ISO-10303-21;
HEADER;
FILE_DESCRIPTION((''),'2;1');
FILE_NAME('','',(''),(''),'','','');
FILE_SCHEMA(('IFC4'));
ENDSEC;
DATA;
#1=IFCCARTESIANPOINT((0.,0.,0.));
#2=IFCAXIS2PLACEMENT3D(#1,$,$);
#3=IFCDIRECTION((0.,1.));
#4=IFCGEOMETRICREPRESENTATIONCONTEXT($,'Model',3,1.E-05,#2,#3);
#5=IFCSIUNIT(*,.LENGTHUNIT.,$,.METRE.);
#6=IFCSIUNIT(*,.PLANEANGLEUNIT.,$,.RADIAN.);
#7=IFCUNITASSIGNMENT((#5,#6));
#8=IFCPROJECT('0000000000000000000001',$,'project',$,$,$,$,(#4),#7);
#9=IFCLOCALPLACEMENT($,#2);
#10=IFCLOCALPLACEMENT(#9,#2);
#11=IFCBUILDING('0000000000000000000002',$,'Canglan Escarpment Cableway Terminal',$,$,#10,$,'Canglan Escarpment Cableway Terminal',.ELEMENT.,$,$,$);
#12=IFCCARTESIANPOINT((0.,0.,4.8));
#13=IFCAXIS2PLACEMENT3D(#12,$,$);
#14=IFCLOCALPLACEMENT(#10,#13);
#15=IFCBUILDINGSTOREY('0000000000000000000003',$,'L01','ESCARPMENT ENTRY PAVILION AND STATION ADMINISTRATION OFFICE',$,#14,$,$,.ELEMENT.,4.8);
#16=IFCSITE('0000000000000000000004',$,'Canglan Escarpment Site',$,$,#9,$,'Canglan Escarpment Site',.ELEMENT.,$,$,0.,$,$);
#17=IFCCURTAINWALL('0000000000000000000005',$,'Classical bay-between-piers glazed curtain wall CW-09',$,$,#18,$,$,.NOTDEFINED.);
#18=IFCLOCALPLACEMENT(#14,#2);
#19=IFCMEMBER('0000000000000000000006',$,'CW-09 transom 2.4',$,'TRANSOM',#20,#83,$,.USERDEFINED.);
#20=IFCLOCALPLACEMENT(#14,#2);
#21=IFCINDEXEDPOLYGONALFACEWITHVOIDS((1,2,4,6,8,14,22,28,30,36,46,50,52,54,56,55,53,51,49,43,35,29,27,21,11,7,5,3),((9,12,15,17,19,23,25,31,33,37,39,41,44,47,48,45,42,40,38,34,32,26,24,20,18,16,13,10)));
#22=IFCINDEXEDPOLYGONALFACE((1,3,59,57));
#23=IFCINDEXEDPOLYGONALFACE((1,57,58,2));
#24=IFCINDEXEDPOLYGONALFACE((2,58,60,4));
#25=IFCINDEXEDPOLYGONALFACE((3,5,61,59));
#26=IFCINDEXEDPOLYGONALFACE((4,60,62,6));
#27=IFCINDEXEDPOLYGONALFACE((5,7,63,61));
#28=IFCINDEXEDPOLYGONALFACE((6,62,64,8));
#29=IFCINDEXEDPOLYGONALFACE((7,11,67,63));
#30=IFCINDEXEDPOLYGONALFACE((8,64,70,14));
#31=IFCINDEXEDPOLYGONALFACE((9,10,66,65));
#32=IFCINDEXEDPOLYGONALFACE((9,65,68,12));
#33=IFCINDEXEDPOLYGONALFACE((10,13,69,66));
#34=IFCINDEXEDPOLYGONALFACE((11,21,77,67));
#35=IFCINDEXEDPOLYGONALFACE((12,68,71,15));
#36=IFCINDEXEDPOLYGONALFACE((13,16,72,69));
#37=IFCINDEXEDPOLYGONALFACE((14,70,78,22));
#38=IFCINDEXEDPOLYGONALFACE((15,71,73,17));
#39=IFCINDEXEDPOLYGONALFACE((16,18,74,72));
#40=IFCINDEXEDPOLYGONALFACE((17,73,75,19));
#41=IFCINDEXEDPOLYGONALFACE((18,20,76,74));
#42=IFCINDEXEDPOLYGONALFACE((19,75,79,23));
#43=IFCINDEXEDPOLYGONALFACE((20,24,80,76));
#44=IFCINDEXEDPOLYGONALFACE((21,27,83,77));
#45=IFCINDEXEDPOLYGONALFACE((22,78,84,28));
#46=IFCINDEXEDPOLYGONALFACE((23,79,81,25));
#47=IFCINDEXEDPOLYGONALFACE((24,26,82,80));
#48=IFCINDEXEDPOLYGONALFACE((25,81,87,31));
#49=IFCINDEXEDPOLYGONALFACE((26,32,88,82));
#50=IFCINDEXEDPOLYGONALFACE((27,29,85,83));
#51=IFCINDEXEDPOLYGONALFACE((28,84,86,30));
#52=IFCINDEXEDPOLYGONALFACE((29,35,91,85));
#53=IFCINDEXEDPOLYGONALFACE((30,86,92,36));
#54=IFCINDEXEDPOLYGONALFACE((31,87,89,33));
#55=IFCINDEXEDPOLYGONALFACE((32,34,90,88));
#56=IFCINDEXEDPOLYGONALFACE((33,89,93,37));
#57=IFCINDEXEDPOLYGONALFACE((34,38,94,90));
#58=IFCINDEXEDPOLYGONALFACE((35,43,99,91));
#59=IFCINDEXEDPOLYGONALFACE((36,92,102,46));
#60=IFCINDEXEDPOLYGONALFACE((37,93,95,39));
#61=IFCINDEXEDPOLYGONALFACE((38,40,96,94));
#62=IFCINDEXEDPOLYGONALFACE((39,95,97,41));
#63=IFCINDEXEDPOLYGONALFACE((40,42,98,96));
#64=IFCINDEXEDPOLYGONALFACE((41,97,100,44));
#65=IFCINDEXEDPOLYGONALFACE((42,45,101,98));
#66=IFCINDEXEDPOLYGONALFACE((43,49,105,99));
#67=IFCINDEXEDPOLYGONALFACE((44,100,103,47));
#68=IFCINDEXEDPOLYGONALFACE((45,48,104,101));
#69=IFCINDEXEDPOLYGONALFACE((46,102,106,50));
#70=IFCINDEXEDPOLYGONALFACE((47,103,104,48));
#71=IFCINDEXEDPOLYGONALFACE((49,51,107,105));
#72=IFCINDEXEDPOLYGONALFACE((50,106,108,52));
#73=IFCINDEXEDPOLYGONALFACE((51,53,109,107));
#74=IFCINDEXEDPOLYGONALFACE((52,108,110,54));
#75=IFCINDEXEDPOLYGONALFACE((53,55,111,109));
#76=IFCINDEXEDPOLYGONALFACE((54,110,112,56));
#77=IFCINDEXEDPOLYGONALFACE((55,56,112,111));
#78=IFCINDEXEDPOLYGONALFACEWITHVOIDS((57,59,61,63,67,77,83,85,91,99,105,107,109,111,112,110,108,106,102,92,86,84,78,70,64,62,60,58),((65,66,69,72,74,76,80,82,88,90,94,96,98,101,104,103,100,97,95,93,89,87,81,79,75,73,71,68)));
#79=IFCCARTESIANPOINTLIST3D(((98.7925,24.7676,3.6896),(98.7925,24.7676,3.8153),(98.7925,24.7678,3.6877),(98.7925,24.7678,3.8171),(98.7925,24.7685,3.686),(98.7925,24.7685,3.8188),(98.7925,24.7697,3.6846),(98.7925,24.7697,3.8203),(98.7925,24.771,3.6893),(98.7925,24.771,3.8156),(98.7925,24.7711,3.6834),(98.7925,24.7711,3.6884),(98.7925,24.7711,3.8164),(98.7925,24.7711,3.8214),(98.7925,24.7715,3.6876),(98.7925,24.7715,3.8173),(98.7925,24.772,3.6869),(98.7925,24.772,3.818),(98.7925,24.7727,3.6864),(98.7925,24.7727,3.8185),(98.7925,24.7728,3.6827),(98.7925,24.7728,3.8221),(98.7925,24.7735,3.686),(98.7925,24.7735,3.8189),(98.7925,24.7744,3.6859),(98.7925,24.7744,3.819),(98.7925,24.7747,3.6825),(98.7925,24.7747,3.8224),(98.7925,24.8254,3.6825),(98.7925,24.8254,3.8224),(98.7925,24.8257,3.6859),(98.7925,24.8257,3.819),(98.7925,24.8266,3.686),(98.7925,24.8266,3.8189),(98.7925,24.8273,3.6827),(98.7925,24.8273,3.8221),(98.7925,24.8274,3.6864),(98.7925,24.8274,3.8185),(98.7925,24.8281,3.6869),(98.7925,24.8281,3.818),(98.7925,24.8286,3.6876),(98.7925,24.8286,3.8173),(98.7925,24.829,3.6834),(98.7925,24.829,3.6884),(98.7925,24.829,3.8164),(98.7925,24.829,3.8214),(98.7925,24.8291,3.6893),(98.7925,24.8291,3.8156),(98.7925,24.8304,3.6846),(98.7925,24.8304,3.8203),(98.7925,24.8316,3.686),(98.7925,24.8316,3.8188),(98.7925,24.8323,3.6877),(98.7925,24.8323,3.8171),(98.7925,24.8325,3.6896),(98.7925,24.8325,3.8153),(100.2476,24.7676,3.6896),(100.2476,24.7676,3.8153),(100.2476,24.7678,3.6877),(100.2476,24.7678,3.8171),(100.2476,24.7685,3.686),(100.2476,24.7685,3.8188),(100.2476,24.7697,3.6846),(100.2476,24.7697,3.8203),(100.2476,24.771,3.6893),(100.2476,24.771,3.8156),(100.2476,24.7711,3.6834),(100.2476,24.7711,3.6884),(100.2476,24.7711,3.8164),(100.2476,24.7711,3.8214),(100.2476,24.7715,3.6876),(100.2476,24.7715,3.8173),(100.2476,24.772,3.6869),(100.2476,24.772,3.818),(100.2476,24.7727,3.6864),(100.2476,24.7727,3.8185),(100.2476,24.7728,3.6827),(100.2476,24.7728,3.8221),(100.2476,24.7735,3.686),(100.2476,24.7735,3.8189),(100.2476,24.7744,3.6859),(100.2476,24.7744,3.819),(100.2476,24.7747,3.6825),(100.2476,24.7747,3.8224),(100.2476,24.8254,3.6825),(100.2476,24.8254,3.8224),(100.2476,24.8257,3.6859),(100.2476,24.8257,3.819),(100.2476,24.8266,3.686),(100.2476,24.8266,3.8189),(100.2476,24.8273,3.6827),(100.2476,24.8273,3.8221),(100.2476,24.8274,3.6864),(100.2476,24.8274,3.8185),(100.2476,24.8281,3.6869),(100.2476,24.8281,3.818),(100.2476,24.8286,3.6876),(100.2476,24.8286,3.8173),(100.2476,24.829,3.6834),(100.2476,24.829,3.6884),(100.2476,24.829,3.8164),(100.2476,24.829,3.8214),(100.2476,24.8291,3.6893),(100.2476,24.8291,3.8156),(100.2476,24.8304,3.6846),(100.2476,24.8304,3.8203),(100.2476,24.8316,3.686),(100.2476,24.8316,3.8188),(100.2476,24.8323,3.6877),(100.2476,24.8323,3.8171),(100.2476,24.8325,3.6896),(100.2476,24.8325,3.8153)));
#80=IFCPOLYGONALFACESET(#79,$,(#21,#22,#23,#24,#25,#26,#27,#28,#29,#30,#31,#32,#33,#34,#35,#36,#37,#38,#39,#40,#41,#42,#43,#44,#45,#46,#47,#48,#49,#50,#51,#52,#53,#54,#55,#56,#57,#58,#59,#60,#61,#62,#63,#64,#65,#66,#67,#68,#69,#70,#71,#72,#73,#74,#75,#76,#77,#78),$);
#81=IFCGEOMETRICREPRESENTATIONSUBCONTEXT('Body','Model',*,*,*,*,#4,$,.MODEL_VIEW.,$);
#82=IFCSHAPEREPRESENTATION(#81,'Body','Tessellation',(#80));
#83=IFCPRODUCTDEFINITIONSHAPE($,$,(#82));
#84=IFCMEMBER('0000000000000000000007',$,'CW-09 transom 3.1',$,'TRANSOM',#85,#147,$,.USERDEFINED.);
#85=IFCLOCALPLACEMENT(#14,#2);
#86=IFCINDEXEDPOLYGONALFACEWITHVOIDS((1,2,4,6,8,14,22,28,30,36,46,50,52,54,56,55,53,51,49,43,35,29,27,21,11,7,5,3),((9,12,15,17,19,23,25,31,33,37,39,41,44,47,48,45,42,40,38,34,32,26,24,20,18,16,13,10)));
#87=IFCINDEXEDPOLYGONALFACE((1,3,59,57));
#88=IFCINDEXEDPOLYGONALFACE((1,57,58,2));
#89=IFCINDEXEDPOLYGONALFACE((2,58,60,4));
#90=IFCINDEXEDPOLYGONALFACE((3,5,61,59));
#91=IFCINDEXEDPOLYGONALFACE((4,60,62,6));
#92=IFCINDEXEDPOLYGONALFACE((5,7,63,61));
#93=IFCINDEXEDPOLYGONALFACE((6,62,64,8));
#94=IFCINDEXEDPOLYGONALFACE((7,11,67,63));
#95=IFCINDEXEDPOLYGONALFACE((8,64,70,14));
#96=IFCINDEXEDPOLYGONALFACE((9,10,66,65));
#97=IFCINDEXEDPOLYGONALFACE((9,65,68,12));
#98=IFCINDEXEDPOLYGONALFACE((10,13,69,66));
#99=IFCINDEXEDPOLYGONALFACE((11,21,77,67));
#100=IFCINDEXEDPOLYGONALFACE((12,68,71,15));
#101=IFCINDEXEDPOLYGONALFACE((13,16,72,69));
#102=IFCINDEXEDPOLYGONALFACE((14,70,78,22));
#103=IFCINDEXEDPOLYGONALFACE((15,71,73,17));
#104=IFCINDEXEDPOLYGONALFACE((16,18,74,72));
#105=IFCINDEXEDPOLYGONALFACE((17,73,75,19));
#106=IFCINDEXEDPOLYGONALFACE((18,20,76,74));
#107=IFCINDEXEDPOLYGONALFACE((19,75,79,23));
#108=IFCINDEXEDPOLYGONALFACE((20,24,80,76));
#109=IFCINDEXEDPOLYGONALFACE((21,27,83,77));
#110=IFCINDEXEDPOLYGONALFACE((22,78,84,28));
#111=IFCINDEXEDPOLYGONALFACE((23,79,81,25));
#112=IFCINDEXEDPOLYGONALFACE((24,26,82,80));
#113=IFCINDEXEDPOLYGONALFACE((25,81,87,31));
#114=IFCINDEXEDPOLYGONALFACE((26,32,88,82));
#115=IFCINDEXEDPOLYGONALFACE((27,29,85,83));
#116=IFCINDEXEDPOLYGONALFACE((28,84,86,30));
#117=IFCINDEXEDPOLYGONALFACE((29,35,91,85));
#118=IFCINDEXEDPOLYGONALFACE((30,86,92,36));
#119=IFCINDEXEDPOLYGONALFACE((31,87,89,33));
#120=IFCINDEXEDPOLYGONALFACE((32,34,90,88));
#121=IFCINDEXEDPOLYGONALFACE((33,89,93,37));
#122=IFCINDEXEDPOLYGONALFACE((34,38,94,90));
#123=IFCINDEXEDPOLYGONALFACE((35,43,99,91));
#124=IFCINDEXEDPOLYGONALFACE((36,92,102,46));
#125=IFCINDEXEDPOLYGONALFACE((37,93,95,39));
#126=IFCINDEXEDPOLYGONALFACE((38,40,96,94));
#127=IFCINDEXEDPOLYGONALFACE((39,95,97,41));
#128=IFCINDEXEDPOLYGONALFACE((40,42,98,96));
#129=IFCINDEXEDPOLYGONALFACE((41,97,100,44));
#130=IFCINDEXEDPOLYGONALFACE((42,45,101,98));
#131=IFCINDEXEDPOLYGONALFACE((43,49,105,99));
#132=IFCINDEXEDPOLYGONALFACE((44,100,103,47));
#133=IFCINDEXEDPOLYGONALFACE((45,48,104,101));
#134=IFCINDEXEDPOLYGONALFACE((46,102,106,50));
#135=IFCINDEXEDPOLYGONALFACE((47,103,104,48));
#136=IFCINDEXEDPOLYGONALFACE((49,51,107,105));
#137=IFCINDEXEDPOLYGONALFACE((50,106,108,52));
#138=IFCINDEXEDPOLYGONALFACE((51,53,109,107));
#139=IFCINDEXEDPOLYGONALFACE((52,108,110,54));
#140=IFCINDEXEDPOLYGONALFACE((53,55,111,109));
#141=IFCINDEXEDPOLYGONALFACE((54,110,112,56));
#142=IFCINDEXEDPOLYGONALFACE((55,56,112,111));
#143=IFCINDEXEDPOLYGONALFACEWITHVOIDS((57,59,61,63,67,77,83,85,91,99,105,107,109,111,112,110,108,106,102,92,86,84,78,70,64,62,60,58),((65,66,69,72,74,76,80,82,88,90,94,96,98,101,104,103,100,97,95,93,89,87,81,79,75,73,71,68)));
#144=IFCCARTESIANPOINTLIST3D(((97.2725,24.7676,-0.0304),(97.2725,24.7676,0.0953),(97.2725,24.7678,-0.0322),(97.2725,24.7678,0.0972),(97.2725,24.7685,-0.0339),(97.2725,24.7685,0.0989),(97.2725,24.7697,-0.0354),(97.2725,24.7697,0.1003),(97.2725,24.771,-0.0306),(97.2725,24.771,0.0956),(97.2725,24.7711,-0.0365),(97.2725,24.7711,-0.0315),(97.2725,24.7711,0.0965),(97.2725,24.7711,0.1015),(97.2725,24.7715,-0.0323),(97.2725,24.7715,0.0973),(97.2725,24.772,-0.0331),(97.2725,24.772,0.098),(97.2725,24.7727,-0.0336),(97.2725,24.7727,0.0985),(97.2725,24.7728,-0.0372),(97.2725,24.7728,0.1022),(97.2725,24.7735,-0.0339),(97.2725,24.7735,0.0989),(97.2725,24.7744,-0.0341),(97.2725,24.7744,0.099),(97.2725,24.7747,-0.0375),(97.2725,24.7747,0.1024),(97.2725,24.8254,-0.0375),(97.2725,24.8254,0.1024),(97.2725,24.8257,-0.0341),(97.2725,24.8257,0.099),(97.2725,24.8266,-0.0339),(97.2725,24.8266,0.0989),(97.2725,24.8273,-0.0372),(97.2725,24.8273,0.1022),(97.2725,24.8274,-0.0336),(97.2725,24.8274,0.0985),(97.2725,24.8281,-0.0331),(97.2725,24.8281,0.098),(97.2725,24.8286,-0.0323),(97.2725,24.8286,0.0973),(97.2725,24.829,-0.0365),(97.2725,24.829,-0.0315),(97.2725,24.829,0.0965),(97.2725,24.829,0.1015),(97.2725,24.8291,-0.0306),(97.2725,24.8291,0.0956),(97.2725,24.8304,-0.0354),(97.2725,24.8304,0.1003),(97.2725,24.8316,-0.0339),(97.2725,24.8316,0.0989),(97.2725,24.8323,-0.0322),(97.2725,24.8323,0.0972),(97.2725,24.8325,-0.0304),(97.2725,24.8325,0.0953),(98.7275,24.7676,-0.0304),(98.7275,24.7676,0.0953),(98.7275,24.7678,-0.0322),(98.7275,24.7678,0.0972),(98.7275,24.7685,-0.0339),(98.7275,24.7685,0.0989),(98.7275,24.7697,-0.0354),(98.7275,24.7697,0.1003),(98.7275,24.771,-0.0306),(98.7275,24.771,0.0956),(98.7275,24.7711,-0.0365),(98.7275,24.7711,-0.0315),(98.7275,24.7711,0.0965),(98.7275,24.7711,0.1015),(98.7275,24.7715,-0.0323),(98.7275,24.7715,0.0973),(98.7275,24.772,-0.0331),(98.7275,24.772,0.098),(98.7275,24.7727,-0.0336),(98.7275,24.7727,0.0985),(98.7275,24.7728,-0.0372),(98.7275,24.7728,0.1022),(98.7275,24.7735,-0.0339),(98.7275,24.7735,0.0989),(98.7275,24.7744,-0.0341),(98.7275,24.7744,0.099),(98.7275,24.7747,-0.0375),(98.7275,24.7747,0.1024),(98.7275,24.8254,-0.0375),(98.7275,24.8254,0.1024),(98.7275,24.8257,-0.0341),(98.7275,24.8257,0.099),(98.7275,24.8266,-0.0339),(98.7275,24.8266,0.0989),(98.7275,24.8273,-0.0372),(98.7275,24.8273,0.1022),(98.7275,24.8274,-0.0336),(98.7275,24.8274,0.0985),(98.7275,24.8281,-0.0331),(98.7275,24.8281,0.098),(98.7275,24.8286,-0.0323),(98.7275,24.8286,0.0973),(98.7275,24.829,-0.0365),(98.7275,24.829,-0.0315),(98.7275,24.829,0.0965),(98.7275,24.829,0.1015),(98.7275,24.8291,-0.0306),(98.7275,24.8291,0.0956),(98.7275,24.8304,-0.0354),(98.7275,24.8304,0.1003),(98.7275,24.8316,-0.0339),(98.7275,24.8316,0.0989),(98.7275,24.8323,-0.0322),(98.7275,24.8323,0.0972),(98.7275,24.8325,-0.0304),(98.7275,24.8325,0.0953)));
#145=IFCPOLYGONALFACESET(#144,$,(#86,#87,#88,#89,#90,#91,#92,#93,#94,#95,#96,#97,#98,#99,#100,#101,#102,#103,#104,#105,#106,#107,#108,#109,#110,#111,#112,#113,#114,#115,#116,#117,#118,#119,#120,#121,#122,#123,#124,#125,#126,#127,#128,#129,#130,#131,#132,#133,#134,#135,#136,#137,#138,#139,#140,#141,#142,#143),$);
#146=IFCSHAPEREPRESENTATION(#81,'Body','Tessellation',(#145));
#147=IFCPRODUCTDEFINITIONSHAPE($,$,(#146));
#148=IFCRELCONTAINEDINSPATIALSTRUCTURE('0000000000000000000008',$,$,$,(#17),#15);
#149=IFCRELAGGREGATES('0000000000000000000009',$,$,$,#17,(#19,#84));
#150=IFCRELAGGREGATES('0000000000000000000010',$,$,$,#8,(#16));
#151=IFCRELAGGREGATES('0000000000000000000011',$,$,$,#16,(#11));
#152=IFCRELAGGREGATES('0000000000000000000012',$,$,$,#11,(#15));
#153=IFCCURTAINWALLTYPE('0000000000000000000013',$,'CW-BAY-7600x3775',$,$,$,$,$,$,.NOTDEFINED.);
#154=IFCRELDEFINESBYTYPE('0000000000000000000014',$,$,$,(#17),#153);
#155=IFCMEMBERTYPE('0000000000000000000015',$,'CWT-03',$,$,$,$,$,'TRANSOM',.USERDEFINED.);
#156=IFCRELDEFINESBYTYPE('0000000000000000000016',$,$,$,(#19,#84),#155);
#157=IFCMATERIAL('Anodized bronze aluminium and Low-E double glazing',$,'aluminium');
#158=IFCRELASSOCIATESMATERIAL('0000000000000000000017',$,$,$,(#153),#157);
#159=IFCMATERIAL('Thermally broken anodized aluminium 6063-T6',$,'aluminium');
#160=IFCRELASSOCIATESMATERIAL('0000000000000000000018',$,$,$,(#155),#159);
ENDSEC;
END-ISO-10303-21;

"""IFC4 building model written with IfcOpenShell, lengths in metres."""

from ifc_helpers import new_model, si_unit, direction, frame, origin, origin_2d, place, context, subcontext, project, spatial, hollow_rectangle, extrude, material, material_profile, profile_set, type_object, element, aggregate, save


model = new_model("IFC4")

# Units and contexts
model_context = context("Model", 3, precision=1e-05, world=origin(), true_north=direction((0.0, 1.0)))
body_context = subcontext(model_context, "Body", "Model", "MODEL_VIEW")
ifc_project = project(units=[si_unit("LENGTHUNIT", "METRE"), si_unit("PLANEANGLEUNIT", "RADIAN")], contexts=[model_context])

# Site, building, storey
site_placement = place(None, origin())
site = spatial("IfcSite", under=ifc_project, at=site_placement, Name="Canglan Escarpment Site", LongName="Canglan Escarpment Site", CompositionType="ELEMENT", RefElevation=0.0)
building_placement = place(site_placement, origin())
building = spatial("IfcBuilding", under=site, at=building_placement, Name="Canglan Escarpment Cableway Terminal", LongName="Canglan Escarpment Cableway Terminal", CompositionType="ELEMENT")
storey_placement = place(building_placement, frame((0.0, 0.0, 4.8)))
storey = spatial("IfcBuildingStorey", under=building, at=storey_placement, Name="L01", Description="ESCARPMENT ENTRY PAVILION AND STATION ADMINISTRATION OFFICE", CompositionType="ELEMENT", Elevation=4.8)

# Curtain wall, members
ifc_material_1 = material(Name="Anodized bronze aluminium and Low-E double glazing", Category="aluminium")
curtain_wall_type = type_object("IfcCurtainWallType", Name="CW-BAY-7600x3775", PredefinedType="NOTDEFINED", material=ifc_material_1)
curtain_wall_placement = place(storey_placement, origin())
curtain_wall = element("IfcCurtainWall", 1, at=curtain_wall_placement, inside=storey, type_object=curtain_wall_type, Name="Classical bay-between-piers glazed curtain wall CW-09", PredefinedType="NOTDEFINED")
ifc_material_2 = material(Name="Thermally broken anodized aluminium 6063-T6", Category="aluminium")
ifc_material_profile_1 = material_profile(ifc_material_2, hollow_rectangle(XDim=0.0649, YDim=0.1399, WallThickness=0.0034, InnerFilletRadius=0.0034, OuterFilletRadius=0.0071, at=origin_2d()), Name="ALU-TRAN 65x140x3.5")
ifc_profile_set_1 = profile_set([ifc_material_profile_1], Name="Thermally broken anodized aluminium 6063-T6")
member_type_1 = type_object("IfcMemberType", Name="CWT-03", ElementType="TRANSOM", PredefinedType="USERDEFINED", material=ifc_profile_set_1)
member_1_placement = place(storey_placement, frame((100.2476, 24.8, 3.7524), z_axis=(-1.0, 0.0, 0.0), x_axis=(0.0, -1.0, 0.0)))
member_1 = element("IfcMember", 2, at=member_1_placement, type_object=member_type_1, Name="CW-09 transom 2.4", ObjectType="TRANSOM", PredefinedType="USERDEFINED", context=body_context, shape_type="SweptSolid", body=[
    extrude(hollow_rectangle(XDim=0.0649, YDim=0.1399, WallThickness=0.0034, InnerFilletRadius=0.0034, OuterFilletRadius=0.0071, at=origin_2d()), origin(), (0.0, 0.0, 1.0), 1.4551),
])
member_2_placement = place(storey_placement, frame((98.7275, 24.8, 0.0325), z_axis=(-1.0, 0.0, 0.0), x_axis=(0.0, -1.0, 0.0)))
member_2 = element("IfcMember", 3, at=member_2_placement, type_object=member_type_1, Name="CW-09 transom 3.1", ObjectType="TRANSOM", PredefinedType="USERDEFINED", context=body_context, shape_type="SweptSolid", body=[
    extrude(hollow_rectangle(XDim=0.0649, YDim=0.1399, WallThickness=0.0034, InnerFilletRadius=0.0034, OuterFilletRadius=0.0071, at=origin_2d()), origin(), (0.0, 0.0, 1.0), 1.4551),
])
aggregate(curtain_wall, [member_1, member_2])

save(model, "model.ifc")
